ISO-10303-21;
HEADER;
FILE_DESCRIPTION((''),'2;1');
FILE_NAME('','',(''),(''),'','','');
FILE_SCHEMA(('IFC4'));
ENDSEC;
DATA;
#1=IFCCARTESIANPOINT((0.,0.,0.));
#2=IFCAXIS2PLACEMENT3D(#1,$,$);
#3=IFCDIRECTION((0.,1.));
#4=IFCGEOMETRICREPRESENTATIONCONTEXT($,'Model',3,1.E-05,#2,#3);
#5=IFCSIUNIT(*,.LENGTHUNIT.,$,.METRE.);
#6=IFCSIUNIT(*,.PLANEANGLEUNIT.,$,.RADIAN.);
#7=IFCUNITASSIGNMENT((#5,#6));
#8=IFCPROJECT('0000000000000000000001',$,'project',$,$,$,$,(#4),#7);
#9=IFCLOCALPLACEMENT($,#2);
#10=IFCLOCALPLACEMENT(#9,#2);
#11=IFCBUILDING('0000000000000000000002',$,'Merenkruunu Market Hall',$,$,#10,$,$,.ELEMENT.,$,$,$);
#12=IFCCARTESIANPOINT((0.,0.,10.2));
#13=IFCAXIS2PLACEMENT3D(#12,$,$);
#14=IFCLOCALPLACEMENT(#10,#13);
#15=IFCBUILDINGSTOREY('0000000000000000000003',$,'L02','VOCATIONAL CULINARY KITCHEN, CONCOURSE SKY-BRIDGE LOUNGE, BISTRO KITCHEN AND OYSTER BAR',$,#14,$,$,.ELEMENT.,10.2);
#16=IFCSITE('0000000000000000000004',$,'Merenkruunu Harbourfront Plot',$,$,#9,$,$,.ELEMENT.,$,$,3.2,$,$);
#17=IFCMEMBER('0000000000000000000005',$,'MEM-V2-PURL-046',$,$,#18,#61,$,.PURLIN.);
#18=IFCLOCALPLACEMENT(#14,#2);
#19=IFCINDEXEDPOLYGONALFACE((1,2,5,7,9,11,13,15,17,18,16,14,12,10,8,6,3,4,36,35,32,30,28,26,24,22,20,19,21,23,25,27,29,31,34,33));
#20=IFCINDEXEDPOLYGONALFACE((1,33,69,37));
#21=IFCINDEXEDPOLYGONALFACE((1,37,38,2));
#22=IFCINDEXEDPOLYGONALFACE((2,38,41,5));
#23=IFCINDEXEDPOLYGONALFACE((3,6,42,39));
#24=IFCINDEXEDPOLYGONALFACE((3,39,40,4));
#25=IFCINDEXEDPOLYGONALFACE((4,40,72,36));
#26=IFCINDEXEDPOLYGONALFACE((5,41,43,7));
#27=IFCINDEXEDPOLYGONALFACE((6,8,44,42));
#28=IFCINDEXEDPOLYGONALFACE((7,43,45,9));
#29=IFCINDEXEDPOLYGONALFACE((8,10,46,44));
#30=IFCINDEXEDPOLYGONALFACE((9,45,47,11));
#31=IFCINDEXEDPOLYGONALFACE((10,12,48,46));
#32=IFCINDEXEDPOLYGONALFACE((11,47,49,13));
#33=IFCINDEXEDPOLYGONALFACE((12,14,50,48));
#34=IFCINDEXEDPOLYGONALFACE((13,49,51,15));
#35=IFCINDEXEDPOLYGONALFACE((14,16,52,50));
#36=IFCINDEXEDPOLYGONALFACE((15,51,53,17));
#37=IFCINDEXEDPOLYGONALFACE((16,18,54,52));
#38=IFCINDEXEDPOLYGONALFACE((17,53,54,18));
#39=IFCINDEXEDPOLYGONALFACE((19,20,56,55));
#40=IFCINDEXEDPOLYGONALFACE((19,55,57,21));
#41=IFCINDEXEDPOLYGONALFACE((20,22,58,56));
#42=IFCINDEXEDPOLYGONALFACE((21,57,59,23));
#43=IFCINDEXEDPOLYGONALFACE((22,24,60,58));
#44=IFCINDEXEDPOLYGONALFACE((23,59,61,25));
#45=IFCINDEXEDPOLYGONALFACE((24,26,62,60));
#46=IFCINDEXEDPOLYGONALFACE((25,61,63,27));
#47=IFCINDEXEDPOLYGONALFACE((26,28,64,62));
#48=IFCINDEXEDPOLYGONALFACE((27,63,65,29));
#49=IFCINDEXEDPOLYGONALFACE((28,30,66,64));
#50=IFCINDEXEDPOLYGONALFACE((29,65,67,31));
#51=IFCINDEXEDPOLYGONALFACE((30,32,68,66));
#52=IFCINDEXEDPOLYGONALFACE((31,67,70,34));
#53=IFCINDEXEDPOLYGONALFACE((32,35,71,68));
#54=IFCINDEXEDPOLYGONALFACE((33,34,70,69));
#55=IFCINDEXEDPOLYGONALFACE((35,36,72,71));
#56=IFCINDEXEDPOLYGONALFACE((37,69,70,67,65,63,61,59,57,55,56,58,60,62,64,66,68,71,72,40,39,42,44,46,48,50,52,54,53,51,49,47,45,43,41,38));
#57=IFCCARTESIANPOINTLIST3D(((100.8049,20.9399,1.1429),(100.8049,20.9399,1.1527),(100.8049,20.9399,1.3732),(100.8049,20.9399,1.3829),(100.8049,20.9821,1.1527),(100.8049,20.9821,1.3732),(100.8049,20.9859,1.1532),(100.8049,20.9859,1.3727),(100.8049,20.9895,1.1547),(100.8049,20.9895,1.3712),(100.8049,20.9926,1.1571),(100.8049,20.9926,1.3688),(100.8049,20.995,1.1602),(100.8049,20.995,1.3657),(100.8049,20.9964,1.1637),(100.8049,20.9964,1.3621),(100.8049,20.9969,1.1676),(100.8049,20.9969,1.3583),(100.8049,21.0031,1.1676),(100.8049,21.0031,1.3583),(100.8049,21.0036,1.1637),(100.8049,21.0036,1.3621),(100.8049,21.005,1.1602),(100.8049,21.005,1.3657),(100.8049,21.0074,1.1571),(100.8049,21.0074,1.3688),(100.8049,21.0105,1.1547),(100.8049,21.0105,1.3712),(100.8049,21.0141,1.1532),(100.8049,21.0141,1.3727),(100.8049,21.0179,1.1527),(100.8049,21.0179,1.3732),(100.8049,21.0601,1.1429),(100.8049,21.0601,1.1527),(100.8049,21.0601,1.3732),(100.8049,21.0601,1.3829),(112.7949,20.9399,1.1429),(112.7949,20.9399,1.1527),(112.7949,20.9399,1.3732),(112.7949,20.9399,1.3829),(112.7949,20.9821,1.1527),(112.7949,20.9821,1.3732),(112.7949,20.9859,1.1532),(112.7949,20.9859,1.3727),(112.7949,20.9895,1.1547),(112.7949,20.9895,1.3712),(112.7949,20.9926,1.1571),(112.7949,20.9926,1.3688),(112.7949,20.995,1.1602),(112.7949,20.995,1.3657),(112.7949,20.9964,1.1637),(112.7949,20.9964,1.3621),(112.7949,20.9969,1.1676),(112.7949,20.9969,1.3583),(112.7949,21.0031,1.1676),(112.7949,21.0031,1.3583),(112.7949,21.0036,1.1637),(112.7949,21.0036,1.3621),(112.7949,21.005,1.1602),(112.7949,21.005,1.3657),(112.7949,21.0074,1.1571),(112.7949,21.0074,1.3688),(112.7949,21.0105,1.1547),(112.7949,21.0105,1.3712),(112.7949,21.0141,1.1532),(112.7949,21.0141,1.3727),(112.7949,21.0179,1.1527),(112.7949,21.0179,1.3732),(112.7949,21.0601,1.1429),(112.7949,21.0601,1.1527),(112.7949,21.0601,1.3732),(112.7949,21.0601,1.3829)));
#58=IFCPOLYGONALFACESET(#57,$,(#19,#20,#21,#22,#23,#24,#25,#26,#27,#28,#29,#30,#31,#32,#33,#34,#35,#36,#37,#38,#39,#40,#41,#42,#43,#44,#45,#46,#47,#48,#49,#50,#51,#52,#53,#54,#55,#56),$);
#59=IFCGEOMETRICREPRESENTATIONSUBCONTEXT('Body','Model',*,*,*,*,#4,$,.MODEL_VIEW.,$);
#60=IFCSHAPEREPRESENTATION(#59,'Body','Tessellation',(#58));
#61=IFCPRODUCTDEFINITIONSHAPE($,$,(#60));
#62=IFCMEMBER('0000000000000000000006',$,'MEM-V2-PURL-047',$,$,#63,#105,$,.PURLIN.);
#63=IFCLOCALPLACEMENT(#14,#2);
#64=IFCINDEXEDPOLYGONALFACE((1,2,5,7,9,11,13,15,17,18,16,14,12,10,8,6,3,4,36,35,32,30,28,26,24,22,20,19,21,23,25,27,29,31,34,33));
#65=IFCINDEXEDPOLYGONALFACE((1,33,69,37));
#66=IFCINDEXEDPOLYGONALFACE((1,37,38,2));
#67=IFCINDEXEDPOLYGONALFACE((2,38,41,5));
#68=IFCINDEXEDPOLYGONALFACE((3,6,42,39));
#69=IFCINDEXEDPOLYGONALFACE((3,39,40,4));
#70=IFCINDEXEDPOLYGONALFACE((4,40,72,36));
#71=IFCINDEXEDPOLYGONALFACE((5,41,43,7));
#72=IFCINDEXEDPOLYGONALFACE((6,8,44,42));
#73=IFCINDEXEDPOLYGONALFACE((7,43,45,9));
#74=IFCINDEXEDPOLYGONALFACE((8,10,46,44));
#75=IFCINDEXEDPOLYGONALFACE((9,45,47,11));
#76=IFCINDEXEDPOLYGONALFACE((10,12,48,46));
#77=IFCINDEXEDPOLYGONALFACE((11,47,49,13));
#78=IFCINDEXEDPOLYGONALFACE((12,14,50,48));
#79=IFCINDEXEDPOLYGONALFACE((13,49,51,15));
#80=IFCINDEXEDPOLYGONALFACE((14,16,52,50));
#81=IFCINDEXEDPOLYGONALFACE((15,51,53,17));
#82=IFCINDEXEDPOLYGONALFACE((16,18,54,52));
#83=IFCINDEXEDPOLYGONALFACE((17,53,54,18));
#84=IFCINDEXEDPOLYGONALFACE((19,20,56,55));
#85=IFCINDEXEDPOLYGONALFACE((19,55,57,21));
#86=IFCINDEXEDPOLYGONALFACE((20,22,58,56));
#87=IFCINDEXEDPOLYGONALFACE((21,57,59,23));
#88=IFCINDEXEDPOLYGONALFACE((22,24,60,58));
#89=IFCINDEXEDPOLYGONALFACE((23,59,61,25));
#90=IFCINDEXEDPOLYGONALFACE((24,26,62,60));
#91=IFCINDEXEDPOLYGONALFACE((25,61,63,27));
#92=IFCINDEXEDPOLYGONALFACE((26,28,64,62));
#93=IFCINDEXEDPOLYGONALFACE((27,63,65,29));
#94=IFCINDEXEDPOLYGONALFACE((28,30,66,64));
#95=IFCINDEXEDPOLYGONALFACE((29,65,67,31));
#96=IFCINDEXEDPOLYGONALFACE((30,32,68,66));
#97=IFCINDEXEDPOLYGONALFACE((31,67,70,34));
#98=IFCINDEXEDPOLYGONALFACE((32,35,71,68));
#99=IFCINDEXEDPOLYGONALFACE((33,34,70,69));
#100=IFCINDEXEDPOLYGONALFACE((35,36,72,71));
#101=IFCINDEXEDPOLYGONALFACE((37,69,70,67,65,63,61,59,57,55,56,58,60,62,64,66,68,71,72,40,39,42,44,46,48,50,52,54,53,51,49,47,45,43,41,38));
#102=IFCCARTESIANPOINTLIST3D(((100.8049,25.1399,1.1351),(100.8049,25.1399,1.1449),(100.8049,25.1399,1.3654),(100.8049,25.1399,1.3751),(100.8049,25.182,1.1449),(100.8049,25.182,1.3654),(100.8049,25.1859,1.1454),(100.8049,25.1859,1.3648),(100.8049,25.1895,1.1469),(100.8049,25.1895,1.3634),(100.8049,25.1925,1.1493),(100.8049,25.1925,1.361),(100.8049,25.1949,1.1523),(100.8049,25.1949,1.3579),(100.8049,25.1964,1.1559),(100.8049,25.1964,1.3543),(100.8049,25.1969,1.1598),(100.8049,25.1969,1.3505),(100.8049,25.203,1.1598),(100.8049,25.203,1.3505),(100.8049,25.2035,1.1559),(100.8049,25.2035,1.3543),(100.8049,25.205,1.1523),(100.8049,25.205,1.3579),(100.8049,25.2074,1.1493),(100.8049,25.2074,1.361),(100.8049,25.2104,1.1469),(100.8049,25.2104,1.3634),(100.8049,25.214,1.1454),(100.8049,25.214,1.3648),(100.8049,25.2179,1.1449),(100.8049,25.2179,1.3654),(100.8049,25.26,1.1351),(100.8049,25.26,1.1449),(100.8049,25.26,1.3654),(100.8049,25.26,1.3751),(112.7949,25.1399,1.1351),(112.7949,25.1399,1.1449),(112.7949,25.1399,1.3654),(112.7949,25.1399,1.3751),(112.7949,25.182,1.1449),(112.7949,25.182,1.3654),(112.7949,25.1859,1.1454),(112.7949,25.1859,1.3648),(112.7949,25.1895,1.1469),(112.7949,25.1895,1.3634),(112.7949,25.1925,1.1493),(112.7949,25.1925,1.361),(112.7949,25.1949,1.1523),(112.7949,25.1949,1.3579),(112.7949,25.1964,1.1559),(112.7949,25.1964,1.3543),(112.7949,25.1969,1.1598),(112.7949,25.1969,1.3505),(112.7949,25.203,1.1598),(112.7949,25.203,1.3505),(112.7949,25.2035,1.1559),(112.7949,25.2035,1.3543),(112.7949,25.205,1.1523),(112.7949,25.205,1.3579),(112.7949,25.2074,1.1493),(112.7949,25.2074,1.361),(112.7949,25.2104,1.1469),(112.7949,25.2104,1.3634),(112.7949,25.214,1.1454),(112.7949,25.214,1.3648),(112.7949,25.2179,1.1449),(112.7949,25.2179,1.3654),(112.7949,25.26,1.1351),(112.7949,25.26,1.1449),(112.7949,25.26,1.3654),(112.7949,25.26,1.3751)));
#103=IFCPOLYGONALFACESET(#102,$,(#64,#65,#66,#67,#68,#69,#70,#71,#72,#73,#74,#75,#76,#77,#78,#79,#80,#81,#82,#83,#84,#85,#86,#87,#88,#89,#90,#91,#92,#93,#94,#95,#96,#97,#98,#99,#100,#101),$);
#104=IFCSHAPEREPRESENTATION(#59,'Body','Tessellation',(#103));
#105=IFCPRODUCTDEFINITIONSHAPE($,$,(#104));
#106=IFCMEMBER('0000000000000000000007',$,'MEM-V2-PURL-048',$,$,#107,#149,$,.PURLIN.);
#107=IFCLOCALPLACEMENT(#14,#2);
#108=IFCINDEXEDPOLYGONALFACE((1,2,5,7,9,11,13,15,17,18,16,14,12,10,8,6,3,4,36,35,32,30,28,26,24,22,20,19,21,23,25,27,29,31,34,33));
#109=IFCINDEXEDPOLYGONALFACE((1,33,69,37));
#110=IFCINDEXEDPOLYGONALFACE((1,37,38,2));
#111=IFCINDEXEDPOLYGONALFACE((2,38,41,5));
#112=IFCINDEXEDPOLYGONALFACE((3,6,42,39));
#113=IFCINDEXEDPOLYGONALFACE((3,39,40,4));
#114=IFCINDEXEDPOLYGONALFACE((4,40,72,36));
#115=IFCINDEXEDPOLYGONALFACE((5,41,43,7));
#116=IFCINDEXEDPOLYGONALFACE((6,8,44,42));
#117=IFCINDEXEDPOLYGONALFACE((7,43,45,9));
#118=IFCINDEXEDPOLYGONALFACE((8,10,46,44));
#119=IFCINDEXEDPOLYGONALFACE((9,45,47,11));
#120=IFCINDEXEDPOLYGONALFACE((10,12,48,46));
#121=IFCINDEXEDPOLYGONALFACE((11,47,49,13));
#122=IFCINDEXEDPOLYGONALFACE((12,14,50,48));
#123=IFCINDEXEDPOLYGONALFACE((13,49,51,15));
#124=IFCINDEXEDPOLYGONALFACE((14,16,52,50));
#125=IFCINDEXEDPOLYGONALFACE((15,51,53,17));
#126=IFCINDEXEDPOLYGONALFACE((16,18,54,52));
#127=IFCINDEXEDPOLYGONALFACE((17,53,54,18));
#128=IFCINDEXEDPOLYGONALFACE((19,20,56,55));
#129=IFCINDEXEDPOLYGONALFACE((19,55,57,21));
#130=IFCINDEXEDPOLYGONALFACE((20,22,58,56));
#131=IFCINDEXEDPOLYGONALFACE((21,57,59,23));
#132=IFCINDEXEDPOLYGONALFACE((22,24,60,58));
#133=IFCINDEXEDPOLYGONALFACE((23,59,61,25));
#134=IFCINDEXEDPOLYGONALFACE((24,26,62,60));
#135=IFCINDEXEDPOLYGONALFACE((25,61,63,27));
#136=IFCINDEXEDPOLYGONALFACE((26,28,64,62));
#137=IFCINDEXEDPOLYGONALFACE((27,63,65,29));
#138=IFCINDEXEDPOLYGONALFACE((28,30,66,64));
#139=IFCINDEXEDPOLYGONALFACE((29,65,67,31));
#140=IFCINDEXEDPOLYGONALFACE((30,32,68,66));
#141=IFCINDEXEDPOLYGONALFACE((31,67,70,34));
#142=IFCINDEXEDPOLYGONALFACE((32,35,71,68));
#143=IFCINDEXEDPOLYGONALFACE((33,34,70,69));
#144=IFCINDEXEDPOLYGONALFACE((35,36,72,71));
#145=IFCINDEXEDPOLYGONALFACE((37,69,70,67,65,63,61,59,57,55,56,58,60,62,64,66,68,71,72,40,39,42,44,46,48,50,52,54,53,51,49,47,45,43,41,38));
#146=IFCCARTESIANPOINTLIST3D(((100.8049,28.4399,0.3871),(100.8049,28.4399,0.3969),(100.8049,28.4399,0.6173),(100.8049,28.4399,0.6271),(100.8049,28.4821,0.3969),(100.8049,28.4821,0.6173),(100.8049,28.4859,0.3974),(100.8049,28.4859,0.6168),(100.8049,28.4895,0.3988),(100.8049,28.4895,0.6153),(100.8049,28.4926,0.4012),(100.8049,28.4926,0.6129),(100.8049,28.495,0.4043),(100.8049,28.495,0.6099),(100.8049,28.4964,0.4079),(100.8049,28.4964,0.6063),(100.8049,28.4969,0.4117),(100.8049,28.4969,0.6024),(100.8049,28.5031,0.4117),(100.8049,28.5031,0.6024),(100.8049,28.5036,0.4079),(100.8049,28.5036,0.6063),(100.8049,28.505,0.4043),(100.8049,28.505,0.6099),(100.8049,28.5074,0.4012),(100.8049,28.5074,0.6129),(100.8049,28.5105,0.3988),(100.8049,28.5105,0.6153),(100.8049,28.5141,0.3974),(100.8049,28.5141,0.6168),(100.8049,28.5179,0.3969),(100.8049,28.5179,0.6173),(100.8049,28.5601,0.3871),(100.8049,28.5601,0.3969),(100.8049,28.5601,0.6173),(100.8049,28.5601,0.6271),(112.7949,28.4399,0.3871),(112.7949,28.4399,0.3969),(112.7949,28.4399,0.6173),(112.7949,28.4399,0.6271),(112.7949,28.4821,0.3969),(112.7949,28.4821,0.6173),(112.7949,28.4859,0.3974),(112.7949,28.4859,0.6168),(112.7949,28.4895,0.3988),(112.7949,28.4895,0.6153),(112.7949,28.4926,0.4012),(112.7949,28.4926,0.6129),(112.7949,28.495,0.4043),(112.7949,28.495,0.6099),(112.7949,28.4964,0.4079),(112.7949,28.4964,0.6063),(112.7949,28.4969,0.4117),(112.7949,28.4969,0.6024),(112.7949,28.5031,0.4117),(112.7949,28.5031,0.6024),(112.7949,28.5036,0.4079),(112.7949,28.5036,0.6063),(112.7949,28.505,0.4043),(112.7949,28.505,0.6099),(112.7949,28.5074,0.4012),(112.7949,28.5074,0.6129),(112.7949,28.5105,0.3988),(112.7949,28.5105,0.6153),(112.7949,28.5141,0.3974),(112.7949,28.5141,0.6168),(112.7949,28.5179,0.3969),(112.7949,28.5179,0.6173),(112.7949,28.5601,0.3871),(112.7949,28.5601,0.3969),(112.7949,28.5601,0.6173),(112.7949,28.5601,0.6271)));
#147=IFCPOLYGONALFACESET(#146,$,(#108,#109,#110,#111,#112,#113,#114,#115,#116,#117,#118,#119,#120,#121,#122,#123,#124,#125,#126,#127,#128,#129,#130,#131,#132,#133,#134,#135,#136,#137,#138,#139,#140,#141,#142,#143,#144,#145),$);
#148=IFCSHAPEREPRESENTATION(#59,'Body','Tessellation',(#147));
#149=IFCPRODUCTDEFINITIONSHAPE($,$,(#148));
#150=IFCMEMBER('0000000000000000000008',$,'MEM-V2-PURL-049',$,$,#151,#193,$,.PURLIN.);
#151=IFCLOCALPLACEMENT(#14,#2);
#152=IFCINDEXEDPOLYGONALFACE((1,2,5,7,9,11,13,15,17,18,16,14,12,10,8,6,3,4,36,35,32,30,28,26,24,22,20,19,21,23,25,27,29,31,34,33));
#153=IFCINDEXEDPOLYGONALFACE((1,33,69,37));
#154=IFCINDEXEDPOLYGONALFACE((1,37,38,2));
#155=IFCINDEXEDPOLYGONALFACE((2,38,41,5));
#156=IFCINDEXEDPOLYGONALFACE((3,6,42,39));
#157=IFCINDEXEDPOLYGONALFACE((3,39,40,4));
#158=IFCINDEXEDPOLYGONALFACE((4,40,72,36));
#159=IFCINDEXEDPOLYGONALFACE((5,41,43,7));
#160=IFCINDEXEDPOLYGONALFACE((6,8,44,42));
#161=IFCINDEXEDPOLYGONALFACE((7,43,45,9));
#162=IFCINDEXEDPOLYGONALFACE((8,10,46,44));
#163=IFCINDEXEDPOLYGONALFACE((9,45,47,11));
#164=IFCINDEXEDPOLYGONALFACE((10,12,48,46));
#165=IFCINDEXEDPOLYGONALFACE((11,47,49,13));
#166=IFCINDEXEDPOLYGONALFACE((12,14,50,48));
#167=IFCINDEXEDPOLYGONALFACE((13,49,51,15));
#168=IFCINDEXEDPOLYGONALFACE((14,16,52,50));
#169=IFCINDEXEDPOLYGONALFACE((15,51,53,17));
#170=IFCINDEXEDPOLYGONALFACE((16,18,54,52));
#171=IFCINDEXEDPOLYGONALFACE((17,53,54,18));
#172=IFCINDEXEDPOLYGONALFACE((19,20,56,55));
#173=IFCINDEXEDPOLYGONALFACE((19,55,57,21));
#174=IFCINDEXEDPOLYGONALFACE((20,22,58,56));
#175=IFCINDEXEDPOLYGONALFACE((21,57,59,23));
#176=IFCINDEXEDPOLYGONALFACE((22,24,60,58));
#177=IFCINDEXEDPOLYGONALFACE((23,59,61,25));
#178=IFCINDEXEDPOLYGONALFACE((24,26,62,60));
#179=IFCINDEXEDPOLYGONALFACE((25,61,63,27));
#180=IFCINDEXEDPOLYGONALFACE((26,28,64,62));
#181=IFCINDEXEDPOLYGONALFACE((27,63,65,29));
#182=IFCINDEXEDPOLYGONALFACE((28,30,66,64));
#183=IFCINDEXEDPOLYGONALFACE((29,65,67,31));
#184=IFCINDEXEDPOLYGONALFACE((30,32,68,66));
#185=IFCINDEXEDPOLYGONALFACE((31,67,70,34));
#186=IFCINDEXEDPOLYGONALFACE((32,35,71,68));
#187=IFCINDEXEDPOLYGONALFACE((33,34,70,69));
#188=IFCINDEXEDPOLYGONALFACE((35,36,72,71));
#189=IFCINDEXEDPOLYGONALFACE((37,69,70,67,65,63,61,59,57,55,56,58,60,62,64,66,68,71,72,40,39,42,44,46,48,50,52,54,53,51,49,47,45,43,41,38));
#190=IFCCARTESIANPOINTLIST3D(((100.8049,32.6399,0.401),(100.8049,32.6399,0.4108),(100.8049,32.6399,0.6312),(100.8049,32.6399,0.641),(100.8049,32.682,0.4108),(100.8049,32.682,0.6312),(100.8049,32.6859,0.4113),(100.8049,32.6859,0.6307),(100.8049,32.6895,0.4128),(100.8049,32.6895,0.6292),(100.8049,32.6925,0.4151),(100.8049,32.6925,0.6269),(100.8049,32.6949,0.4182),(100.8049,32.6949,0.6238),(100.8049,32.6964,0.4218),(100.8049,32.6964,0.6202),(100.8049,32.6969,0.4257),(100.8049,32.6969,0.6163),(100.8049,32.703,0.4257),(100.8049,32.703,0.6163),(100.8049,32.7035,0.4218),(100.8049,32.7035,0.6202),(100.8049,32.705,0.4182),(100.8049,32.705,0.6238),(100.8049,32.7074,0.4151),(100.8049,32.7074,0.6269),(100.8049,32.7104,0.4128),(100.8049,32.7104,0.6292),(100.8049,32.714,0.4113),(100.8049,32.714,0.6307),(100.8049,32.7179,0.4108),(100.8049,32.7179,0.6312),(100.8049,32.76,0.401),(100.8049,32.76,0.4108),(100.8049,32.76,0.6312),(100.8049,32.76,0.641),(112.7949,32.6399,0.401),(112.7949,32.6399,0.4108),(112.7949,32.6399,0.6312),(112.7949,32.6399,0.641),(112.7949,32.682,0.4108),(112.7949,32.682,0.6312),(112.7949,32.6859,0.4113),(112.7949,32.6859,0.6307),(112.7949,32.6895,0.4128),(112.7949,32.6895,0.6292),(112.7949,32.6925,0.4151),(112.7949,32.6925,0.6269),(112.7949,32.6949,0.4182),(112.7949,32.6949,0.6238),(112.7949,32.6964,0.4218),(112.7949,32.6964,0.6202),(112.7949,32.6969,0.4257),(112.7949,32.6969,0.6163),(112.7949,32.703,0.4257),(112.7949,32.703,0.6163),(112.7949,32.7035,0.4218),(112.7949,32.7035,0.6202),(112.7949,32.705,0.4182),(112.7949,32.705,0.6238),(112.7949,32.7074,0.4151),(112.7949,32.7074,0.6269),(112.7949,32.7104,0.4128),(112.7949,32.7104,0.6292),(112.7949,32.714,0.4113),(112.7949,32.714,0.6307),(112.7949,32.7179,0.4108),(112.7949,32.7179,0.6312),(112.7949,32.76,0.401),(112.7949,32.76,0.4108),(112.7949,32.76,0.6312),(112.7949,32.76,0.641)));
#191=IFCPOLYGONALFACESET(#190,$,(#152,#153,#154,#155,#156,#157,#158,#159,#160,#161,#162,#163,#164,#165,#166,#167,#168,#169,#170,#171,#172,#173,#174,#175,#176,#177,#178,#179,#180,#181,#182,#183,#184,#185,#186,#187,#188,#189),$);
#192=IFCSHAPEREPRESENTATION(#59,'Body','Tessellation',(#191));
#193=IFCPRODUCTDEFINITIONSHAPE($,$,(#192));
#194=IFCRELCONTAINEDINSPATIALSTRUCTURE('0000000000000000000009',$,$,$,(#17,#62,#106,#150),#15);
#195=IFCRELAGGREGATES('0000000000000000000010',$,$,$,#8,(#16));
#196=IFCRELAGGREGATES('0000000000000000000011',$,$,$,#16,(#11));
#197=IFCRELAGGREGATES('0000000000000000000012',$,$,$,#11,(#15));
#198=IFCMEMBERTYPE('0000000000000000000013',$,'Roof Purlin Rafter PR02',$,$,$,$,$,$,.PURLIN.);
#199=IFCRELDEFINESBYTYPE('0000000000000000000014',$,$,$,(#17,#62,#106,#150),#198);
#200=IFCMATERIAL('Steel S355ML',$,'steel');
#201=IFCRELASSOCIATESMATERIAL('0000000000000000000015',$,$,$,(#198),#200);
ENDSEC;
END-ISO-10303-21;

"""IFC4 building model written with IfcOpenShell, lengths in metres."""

from ifc_helpers import new_model, si_unit, direction, frame, origin, origin_2d, place, context, subcontext, project, spatial, i_section, extrude, material, material_profile, profile_set, type_object, element, save


model = new_model("IFC4")

# Units and contexts
model_context = context("Model", 3, precision=1e-05, world=origin(), true_north=direction((0.0, 1.0)))
body_context = subcontext(model_context, "Body", "Model", "MODEL_VIEW")
ifc_project = project(units=[si_unit("LENGTHUNIT", "METRE"), si_unit("PLANEANGLEUNIT", "RADIAN")], contexts=[model_context])

# Site, building, storey
site_placement = place(None, origin())
site = spatial("IfcSite", under=ifc_project, at=site_placement, Name="Merenkruunu Harbourfront Plot", CompositionType="ELEMENT", RefElevation=3.2)
building_placement = place(site_placement, origin())
building = spatial("IfcBuilding", under=site, at=building_placement, Name="Merenkruunu Market Hall", CompositionType="ELEMENT")
storey_placement = place(building_placement, frame((0.0, 0.0, 10.2)))
storey = spatial("IfcBuildingStorey", under=building, at=storey_placement, Name="L02", Description="VOCATIONAL CULINARY KITCHEN, CONCOURSE SKY-BRIDGE LOUNGE, BISTRO KITCHEN AND OYSTER BAR", CompositionType="ELEMENT", Elevation=10.2)

# Members
ifc_material_1 = material(Name="Steel S355ML", Category="steel")
ifc_material_profile_1 = material_profile(ifc_material_1, i_section(OverallWidth=0.1201, OverallDepth=0.24, WebThickness=0.0061, FlangeThickness=0.0098, FilletRadius=0.0149, at=origin_2d()), Name="IPE 240")
ifc_profile_set_1 = profile_set([ifc_material_profile_1], Name="Steel S355ML")
member_type = type_object("IfcMemberType", Name="Roof Purlin Rafter PR02", PredefinedType="PURLIN", material=ifc_profile_set_1)
for number, where, z_axis, x_axis, name in (
    (1, (100.8049, 21.0, 1.2629), (1.0, 0.0, 0.0), (0.0, 1.0, 0.0), "MEM-V2-PURL-046"),
    (2, (100.8049, 25.2, 1.2551), (1.0, 0.0, 0.0), (0.0, 1.0, 0.0), "MEM-V2-PURL-047"),
    (3, (100.8049, 28.5, 0.5071), (1.0, 0.0, 0.0), (0.0, 1.0, 0.0), "MEM-V2-PURL-048"),
    (4, (100.8049, 32.7, 0.521), (1.0, 0.0, 0.0), (0.0, 1.0, 0.0), "MEM-V2-PURL-049"),
):
    element("IfcMember", number, at=place(storey_placement, frame(where, z_axis=z_axis, x_axis=x_axis)), inside=storey, type_object=member_type, Name=name, PredefinedType="PURLIN", context=body_context, shape_type="SweptSolid", body=[
        extrude(i_section(OverallWidth=0.1201, OverallDepth=0.24, WebThickness=0.0061, FlangeThickness=0.0098, FilletRadius=0.0149, at=origin_2d()), origin(), (0.0, 0.0, 1.0), 11.99),
    ])

save(model, "model.ifc")
